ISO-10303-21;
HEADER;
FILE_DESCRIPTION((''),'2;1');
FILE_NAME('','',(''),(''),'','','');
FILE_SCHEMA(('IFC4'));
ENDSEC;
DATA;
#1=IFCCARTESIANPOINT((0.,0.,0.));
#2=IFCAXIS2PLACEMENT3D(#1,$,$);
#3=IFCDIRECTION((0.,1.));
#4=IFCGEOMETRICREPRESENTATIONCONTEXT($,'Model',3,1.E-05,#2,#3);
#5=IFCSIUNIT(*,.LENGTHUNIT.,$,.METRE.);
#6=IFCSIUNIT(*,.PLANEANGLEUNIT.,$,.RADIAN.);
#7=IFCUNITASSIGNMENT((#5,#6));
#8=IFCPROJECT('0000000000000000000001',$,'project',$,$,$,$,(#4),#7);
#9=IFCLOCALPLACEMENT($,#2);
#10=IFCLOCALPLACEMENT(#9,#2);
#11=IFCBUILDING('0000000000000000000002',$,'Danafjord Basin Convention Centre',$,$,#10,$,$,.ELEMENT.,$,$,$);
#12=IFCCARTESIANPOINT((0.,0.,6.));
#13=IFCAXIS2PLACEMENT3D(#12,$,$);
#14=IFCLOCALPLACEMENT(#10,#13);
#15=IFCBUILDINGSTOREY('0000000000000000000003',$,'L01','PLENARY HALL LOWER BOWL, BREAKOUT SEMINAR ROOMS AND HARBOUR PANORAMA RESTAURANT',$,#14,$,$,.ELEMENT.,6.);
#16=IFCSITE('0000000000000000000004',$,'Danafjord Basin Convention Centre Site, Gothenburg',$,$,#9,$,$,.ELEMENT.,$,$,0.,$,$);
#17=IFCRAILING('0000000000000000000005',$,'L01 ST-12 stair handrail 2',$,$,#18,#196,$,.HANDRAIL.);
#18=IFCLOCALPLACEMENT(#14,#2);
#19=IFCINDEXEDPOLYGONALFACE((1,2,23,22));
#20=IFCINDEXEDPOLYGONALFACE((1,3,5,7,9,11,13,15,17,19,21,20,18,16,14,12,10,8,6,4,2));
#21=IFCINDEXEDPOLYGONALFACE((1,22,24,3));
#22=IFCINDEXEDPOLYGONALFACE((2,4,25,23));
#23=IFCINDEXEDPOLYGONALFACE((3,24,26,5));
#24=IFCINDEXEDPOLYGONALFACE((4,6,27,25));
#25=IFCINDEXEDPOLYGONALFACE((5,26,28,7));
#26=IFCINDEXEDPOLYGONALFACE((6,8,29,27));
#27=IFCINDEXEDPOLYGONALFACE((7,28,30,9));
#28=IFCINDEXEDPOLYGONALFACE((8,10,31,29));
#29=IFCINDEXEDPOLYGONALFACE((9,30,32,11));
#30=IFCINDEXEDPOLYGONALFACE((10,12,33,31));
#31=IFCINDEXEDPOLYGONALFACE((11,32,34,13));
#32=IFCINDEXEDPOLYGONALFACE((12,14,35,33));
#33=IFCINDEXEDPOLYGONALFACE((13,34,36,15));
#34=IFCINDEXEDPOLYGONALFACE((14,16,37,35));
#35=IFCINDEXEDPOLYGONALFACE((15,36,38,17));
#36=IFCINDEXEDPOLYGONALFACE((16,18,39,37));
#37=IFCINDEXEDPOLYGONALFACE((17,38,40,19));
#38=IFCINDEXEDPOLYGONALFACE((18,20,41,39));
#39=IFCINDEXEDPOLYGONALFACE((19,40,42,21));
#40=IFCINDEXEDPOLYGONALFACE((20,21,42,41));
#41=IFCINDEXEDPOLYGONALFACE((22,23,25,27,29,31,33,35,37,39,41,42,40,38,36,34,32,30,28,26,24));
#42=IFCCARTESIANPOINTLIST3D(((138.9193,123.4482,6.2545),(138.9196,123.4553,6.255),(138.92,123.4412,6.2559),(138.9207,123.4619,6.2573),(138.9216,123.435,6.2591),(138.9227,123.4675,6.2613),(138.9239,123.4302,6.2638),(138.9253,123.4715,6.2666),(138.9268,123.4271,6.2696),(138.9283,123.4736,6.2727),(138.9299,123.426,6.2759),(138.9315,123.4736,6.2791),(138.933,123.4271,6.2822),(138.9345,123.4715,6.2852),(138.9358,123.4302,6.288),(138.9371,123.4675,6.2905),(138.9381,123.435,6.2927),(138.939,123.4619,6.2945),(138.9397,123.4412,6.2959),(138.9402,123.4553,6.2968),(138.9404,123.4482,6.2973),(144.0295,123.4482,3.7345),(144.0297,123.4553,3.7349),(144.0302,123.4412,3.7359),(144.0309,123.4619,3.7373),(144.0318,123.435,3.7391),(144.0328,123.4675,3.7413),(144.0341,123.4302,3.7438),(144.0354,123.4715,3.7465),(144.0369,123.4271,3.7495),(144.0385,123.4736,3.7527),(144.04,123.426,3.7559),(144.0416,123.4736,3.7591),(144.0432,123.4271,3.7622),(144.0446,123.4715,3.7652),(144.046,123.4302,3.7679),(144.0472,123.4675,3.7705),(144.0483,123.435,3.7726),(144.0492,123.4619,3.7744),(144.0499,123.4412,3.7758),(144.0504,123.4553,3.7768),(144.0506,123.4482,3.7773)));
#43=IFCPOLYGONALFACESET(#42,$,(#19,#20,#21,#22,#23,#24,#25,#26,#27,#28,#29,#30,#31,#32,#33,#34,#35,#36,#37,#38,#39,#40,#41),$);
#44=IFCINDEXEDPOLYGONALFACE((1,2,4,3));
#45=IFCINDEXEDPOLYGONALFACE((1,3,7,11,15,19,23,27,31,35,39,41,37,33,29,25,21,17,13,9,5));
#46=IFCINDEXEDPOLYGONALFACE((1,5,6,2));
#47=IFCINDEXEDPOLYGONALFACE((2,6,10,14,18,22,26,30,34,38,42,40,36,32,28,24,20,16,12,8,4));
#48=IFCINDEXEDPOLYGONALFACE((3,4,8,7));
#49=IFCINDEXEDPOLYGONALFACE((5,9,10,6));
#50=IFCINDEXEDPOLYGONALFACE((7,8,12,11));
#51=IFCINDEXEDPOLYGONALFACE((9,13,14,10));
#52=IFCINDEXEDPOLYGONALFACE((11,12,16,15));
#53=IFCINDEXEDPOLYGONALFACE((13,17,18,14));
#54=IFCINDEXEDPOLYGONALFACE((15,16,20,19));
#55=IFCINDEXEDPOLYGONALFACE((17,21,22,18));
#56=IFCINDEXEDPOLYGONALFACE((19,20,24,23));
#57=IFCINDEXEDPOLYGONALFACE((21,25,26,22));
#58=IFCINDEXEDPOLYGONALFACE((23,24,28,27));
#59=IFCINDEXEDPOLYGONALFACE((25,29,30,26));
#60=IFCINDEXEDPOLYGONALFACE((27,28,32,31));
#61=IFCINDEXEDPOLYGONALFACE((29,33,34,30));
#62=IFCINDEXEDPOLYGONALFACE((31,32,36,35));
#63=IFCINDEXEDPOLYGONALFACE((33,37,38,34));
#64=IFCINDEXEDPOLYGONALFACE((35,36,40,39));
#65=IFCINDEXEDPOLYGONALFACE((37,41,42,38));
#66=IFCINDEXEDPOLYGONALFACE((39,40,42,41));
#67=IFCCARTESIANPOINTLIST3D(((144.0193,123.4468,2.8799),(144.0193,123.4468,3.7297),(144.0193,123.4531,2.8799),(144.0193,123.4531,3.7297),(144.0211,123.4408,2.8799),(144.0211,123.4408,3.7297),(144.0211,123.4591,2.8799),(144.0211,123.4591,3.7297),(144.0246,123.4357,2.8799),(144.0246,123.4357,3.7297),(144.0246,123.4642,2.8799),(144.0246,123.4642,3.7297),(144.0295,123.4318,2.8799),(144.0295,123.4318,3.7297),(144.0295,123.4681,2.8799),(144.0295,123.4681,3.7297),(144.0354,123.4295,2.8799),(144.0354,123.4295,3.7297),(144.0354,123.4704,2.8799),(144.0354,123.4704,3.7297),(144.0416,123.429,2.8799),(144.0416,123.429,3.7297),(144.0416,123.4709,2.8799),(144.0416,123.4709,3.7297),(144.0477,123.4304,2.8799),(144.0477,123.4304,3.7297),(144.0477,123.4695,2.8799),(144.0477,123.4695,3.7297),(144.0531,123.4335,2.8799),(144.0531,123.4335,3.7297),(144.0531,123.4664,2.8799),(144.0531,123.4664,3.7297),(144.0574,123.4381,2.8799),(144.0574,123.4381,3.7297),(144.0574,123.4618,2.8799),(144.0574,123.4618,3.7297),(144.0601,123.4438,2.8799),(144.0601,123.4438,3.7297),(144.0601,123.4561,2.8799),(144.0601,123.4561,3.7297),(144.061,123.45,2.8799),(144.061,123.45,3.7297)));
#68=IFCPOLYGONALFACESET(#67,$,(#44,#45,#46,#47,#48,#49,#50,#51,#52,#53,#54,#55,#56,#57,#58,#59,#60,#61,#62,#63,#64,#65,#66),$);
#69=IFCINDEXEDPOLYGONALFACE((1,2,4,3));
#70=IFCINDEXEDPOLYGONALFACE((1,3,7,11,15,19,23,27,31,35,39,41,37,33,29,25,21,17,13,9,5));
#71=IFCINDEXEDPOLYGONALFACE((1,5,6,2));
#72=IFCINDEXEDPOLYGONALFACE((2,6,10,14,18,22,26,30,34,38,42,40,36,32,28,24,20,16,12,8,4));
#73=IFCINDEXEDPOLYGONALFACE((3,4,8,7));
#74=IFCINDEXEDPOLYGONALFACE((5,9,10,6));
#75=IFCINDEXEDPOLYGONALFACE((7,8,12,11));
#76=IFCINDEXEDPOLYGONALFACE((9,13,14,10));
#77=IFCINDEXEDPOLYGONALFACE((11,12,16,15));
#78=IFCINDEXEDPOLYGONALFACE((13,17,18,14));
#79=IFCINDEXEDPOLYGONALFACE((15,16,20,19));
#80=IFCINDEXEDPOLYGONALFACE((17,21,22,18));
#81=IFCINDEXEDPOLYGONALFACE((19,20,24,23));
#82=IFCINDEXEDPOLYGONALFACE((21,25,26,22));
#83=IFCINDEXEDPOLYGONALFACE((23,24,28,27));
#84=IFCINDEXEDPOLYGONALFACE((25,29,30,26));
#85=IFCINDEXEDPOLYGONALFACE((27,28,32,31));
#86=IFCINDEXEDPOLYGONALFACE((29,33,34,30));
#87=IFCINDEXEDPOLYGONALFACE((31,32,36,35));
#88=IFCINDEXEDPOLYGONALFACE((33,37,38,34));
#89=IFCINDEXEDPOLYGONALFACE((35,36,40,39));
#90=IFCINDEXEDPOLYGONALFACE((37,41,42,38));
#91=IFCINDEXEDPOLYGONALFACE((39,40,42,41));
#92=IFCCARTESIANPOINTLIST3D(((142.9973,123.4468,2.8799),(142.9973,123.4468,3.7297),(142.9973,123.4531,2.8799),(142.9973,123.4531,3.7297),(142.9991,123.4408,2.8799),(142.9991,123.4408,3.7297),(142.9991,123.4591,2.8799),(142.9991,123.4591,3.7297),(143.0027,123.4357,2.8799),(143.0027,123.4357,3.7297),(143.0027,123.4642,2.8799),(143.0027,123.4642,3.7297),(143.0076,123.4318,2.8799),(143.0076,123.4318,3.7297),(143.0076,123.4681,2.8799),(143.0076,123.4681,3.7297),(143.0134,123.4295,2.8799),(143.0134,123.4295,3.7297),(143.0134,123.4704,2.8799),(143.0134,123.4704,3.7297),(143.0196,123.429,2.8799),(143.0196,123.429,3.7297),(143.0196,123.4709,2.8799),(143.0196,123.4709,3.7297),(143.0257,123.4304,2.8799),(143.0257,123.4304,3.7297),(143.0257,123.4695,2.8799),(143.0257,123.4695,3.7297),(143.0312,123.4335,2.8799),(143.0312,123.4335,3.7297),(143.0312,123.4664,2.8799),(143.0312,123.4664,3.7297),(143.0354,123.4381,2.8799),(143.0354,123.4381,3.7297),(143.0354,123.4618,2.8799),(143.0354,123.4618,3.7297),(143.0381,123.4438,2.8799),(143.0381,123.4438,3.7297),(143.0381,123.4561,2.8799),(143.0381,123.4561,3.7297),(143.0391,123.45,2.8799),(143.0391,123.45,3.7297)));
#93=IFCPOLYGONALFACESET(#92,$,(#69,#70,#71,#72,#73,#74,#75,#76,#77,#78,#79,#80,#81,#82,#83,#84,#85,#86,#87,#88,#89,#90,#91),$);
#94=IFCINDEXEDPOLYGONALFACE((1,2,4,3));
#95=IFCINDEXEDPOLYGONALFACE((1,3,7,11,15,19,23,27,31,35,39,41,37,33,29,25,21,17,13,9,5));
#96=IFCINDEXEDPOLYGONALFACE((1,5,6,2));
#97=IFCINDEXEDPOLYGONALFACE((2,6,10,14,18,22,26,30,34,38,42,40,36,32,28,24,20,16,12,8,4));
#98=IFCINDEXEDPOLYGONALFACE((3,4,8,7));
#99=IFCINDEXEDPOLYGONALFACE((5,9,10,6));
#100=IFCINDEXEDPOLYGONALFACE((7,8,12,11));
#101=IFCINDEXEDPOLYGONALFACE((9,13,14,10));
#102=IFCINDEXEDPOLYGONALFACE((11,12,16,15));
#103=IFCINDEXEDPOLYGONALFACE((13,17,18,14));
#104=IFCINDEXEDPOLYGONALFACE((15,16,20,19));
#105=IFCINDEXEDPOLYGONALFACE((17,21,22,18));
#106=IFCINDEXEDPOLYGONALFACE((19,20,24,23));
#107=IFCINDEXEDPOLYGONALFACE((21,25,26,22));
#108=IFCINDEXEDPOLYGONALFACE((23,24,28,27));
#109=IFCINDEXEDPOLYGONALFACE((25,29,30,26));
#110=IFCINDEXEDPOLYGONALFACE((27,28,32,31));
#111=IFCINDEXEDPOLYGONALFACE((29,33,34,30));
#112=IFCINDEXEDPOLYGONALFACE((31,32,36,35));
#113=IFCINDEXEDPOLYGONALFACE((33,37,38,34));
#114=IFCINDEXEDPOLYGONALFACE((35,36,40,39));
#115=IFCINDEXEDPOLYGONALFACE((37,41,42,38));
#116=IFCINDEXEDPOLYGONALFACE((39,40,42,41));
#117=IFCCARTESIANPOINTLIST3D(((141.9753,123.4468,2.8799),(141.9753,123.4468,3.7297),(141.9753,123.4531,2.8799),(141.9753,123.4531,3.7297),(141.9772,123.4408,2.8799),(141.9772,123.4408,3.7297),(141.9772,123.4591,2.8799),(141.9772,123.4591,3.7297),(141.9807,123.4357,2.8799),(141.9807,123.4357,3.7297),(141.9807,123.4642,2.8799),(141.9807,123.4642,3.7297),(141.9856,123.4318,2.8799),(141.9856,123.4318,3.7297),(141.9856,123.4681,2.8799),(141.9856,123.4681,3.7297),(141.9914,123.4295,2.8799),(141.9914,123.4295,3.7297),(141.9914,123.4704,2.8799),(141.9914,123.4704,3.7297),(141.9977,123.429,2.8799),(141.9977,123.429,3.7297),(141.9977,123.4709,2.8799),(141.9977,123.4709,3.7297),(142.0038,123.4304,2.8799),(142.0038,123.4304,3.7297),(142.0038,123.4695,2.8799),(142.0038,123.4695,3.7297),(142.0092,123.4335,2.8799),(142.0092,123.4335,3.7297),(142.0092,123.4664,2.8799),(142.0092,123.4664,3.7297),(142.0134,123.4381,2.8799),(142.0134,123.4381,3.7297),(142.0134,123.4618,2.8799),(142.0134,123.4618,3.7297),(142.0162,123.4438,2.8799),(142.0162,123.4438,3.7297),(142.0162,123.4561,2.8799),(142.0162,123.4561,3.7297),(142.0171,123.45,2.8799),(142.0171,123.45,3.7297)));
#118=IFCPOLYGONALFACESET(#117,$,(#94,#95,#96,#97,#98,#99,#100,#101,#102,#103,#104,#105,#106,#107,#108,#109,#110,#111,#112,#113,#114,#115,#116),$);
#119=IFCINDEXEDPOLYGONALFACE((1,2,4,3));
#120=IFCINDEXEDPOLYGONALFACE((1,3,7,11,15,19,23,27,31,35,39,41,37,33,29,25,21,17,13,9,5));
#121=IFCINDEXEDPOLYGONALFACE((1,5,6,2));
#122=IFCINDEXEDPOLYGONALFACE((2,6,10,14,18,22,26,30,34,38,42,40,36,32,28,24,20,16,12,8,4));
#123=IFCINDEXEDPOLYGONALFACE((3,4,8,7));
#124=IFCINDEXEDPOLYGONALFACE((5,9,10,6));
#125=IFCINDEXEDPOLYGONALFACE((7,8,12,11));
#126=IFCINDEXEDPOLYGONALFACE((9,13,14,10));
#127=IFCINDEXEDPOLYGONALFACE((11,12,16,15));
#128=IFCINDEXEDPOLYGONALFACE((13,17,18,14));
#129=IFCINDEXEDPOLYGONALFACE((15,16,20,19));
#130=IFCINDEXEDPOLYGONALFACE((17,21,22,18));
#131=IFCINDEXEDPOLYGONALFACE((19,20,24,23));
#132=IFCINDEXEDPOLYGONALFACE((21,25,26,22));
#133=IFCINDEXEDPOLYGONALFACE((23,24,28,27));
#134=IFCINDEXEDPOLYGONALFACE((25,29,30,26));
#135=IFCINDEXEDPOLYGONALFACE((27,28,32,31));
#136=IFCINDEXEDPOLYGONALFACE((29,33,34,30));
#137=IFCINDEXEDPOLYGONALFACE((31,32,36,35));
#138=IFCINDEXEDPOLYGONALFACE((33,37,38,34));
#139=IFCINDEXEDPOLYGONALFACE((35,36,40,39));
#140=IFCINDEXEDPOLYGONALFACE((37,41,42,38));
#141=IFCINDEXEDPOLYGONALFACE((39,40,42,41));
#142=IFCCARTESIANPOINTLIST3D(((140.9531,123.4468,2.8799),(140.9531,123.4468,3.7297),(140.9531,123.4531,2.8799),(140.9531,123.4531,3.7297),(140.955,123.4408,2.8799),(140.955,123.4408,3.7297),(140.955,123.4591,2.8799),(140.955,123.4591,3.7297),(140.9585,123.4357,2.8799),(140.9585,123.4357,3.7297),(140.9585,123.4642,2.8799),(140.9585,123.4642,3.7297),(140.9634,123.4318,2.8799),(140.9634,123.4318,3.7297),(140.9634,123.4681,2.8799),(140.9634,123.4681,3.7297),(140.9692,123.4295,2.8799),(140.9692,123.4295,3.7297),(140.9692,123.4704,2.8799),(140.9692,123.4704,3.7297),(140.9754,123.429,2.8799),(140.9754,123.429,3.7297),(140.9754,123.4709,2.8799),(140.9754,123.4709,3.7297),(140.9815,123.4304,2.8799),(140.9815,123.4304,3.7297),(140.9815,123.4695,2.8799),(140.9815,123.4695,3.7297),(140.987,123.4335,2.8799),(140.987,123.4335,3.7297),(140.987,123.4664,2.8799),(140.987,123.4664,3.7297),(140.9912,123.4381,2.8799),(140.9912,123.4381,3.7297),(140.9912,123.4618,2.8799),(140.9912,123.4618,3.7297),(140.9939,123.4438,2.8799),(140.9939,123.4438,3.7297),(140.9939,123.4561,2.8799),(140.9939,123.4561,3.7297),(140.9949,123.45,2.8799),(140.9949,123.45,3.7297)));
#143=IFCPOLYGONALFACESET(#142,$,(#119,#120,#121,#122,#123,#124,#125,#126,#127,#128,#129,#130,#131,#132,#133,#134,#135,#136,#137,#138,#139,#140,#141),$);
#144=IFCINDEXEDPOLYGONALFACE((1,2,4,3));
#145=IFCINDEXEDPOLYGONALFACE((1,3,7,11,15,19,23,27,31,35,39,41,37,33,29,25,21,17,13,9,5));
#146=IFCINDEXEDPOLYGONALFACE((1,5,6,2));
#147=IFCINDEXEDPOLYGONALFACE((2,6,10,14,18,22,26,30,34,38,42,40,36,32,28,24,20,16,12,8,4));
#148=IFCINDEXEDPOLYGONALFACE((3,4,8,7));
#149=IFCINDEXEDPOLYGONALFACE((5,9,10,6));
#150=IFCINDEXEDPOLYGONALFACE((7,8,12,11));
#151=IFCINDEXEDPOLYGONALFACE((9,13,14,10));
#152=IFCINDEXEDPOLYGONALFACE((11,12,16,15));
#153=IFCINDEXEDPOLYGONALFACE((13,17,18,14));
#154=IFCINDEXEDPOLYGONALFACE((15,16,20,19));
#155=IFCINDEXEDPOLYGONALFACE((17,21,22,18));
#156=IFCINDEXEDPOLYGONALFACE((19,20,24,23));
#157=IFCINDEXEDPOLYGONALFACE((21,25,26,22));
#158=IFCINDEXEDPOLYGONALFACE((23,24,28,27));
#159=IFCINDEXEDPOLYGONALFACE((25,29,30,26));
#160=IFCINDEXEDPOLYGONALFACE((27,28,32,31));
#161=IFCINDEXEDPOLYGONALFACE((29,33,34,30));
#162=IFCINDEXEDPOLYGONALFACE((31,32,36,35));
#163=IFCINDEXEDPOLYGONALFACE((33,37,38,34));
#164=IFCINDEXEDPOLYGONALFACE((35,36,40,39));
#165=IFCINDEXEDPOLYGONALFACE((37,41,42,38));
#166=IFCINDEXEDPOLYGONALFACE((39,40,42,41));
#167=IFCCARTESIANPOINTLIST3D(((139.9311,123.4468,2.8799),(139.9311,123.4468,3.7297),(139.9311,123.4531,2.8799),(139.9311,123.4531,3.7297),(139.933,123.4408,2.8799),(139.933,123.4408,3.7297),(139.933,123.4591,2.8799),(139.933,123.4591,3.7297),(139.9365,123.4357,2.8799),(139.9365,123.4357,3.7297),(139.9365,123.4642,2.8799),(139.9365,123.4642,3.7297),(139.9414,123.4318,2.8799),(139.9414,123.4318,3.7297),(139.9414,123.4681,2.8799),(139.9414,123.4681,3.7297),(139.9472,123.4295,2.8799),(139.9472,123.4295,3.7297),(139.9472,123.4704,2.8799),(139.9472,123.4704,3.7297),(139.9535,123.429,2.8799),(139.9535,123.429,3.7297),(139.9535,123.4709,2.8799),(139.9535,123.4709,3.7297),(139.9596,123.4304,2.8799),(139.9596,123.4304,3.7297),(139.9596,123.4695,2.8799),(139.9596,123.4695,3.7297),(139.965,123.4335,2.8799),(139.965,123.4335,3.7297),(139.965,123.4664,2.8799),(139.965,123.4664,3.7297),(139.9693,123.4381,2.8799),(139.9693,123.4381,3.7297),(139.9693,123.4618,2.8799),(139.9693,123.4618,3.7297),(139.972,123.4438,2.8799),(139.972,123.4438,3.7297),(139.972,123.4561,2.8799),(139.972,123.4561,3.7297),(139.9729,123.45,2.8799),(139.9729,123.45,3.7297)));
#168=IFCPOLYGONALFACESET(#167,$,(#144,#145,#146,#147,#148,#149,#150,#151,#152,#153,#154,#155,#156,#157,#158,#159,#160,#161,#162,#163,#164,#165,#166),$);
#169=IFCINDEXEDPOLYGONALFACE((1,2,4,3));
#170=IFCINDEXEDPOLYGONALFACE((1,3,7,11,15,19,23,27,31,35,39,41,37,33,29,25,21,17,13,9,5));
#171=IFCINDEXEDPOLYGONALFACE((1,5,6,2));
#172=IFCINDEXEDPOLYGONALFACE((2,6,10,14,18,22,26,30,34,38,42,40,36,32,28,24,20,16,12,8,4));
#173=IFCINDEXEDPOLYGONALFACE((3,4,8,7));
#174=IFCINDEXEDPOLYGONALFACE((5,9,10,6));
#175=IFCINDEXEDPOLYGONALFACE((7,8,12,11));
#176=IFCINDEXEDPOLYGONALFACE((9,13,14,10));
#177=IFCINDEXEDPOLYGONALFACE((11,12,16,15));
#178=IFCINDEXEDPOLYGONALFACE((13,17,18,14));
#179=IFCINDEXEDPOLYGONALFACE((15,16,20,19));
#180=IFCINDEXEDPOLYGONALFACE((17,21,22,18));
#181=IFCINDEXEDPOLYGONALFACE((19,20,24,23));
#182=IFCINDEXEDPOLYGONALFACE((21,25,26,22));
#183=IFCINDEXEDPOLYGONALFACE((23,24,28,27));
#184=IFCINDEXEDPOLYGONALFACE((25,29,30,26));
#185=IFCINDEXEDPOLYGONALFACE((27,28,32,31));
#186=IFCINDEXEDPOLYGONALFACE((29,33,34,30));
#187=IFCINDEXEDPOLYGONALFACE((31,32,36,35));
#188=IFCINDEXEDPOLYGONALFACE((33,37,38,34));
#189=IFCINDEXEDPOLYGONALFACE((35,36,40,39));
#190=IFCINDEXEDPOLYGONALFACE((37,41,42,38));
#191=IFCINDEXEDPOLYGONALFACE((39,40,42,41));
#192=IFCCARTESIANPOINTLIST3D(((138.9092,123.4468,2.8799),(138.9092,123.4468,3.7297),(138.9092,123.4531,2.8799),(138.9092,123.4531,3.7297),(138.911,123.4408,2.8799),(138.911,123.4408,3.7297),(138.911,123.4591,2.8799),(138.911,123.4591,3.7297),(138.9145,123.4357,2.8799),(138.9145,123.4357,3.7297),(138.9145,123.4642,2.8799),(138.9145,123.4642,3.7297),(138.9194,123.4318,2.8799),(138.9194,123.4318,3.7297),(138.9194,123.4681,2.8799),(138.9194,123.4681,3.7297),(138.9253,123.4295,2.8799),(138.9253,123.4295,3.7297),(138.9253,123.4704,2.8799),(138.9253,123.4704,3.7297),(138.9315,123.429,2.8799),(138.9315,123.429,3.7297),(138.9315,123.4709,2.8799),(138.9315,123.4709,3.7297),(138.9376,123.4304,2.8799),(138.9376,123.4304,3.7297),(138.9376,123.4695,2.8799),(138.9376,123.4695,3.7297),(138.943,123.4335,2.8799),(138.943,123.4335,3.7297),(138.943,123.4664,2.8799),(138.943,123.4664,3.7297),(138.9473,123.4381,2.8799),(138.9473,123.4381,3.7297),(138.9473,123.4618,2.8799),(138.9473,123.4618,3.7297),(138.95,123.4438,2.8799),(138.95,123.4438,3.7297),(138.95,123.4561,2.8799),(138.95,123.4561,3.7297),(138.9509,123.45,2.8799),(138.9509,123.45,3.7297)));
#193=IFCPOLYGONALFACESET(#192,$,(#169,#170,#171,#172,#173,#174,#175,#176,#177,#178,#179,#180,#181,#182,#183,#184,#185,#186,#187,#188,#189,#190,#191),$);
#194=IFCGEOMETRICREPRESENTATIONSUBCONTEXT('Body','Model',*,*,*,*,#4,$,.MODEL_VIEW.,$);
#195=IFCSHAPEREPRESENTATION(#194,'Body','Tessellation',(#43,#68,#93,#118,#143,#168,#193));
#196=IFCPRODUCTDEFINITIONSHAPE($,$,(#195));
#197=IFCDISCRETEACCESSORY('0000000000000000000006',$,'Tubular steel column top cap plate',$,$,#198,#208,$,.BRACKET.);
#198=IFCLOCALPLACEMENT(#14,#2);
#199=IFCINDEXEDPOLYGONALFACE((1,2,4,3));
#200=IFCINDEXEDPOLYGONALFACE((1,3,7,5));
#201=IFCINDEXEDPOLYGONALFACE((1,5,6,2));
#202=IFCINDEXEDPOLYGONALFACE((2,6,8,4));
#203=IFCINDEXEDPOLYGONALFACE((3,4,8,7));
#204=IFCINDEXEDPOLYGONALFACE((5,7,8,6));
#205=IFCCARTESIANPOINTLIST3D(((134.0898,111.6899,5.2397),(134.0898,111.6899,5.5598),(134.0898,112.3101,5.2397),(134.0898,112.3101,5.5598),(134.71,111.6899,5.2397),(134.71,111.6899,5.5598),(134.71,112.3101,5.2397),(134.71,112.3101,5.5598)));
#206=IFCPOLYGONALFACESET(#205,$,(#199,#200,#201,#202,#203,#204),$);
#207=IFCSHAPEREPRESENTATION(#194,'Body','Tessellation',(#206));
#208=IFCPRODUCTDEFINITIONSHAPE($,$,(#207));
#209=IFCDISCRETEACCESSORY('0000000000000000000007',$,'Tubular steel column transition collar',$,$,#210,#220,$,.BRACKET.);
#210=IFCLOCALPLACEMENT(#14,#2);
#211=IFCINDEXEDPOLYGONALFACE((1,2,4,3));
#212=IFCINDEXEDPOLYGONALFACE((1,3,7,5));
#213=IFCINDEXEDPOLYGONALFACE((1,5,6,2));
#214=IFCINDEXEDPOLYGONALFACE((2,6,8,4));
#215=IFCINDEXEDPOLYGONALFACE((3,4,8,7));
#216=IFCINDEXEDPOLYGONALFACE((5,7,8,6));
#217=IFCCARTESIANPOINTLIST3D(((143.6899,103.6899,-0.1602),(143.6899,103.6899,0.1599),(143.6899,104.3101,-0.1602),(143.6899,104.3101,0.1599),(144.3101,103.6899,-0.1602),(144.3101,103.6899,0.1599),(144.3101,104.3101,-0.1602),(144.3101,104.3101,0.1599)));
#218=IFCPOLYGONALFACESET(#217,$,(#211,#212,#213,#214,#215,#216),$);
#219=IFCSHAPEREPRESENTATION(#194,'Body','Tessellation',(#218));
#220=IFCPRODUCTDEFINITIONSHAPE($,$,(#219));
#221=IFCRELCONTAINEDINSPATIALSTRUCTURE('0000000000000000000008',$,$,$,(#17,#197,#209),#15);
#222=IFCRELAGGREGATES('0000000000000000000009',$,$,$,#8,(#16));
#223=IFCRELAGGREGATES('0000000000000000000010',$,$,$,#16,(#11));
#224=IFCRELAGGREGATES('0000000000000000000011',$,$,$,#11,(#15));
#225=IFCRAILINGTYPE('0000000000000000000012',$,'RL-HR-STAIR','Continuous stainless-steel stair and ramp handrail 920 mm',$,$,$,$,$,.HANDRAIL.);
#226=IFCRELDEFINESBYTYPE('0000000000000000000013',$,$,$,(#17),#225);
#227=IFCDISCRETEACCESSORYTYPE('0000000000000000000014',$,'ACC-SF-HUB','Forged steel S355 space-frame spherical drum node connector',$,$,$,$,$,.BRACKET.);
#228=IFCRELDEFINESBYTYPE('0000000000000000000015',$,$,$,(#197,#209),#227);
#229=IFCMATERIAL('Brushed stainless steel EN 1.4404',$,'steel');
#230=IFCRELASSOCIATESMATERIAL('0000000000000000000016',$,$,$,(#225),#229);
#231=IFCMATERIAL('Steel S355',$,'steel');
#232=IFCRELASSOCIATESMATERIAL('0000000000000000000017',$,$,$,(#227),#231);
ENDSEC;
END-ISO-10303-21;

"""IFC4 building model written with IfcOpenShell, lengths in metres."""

from ifc_helpers import new_model, si_unit, direction, frame, origin, origin_2d, place, context, subcontext, project, spatial, rectangle, circle, extrude, material, type_object, element, save


model = new_model("IFC4")

# Units and contexts
model_context = context("Model", 3, precision=1e-05, world=origin(), true_north=direction((0.0, 1.0)))
body_context = subcontext(model_context, "Body", "Model", "MODEL_VIEW")
ifc_project = project(units=[si_unit("LENGTHUNIT", "METRE"), si_unit("PLANEANGLEUNIT", "RADIAN")], contexts=[model_context])

# Site, building, storey
site_placement = place(None, origin())
site = spatial("IfcSite", under=ifc_project, at=site_placement, Name="Danafjord Basin Convention Centre Site, Gothenburg", CompositionType="ELEMENT", RefElevation=0.0)
building_placement = place(site_placement, origin())
building = spatial("IfcBuilding", under=site, at=building_placement, Name="Danafjord Basin Convention Centre", CompositionType="ELEMENT")
storey_placement = place(building_placement, frame((0.0, 0.0, 6.0)))
storey = spatial("IfcBuildingStorey", under=building, at=storey_placement, Name="L01", Description="PLENARY HALL LOWER BOWL, BREAKOUT SEMINAR ROOMS AND HARBOUR PANORAMA RESTAURANT", CompositionType="ELEMENT", Elevation=6.0)

# Shared definitions
ifc_material_1 = material(Name="Steel S355", Category="steel")

# Railing
ifc_material_2 = material(Name="Brushed stainless steel EN 1.4404", Category="steel")
railing_type_1 = type_object("IfcRailingType", Name="RL-HR-STAIR", Description="Continuous stainless-steel stair and ramp handrail 920 mm", PredefinedType="HANDRAIL", material=ifc_material_2)
railing_1_placement = place(storey_placement, frame((144.04, 123.45, 2.8799)))
element("IfcRailing", 1, at=railing_1_placement, inside=storey, type_object=railing_type_1, Name="L01 ST-12 stair handrail 2", PredefinedType="HANDRAIL", context=body_context, shape_type="SweptSolid", body=[
    extrude(circle(Radius=0.0239, at=origin_2d()), frame((0.0, 0.0, 0.876), z_axis=(-0.896873, 0.0, 0.442288), x_axis=(0.0, -1.0, 0.0)), (0.0, 0.0, 1.0), 5.6978),
    extrude(circle(Radius=0.021, at=origin_2d()), origin(), (0.0, 0.0, 1.0), 0.8499),
    extrude(circle(Radius=0.021, at=origin_2d()), frame((-1.022, 0.0, 0.0)), (0.0, 0.0, 1.0), 0.8499),
    extrude(circle(Radius=0.021, at=origin_2d()), frame((-2.0439, 0.0, 0.0)), (0.0, 0.0, 1.0), 0.8499),
    extrude(circle(Radius=0.021, at=origin_2d()), frame((-3.0662, 0.0, 0.0)), (0.0, 0.0, 1.0), 0.8499),
    extrude(circle(Radius=0.021, at=origin_2d()), frame((-4.0881, 0.0, 0.0)), (0.0, 0.0, 1.0), 0.8499),
    extrude(circle(Radius=0.021, at=origin_2d()), frame((-5.1101, 0.0, 0.0)), (0.0, 0.0, 1.0), 0.8499),
])

# Discrete accessories
discrete_accessory_type = type_object("IfcDiscreteAccessoryType", Name="ACC-SF-HUB", Description="Forged steel S355 space-frame spherical drum node connector", PredefinedType="BRACKET", material=ifc_material_1)
for number, where, z_axis, x_axis, name in (
    (2, (134.3999, 112.0, 5.2397), (0.0, 0.0, 1.0), (1.0, 0.0, 0.0), "Tubular steel column top cap plate"),
    (3, (144.0, 104.0, -0.1602), (0.0, 0.0, 1.0), (1.0, 0.0, 0.0), "Tubular steel column transition collar"),
):
    element("IfcDiscreteAccessory", number, at=place(storey_placement, frame(where, z_axis=z_axis, x_axis=x_axis)), inside=storey, type_object=discrete_accessory_type, Name=name, PredefinedType="BRACKET", context=body_context, shape_type="SweptSolid", body=[
        extrude(rectangle(XDim=0.6201, YDim=0.6201, at=origin_2d()), origin(), (0.0, 0.0, 1.0), 0.3201),
    ])

save(model, "model.ifc")
